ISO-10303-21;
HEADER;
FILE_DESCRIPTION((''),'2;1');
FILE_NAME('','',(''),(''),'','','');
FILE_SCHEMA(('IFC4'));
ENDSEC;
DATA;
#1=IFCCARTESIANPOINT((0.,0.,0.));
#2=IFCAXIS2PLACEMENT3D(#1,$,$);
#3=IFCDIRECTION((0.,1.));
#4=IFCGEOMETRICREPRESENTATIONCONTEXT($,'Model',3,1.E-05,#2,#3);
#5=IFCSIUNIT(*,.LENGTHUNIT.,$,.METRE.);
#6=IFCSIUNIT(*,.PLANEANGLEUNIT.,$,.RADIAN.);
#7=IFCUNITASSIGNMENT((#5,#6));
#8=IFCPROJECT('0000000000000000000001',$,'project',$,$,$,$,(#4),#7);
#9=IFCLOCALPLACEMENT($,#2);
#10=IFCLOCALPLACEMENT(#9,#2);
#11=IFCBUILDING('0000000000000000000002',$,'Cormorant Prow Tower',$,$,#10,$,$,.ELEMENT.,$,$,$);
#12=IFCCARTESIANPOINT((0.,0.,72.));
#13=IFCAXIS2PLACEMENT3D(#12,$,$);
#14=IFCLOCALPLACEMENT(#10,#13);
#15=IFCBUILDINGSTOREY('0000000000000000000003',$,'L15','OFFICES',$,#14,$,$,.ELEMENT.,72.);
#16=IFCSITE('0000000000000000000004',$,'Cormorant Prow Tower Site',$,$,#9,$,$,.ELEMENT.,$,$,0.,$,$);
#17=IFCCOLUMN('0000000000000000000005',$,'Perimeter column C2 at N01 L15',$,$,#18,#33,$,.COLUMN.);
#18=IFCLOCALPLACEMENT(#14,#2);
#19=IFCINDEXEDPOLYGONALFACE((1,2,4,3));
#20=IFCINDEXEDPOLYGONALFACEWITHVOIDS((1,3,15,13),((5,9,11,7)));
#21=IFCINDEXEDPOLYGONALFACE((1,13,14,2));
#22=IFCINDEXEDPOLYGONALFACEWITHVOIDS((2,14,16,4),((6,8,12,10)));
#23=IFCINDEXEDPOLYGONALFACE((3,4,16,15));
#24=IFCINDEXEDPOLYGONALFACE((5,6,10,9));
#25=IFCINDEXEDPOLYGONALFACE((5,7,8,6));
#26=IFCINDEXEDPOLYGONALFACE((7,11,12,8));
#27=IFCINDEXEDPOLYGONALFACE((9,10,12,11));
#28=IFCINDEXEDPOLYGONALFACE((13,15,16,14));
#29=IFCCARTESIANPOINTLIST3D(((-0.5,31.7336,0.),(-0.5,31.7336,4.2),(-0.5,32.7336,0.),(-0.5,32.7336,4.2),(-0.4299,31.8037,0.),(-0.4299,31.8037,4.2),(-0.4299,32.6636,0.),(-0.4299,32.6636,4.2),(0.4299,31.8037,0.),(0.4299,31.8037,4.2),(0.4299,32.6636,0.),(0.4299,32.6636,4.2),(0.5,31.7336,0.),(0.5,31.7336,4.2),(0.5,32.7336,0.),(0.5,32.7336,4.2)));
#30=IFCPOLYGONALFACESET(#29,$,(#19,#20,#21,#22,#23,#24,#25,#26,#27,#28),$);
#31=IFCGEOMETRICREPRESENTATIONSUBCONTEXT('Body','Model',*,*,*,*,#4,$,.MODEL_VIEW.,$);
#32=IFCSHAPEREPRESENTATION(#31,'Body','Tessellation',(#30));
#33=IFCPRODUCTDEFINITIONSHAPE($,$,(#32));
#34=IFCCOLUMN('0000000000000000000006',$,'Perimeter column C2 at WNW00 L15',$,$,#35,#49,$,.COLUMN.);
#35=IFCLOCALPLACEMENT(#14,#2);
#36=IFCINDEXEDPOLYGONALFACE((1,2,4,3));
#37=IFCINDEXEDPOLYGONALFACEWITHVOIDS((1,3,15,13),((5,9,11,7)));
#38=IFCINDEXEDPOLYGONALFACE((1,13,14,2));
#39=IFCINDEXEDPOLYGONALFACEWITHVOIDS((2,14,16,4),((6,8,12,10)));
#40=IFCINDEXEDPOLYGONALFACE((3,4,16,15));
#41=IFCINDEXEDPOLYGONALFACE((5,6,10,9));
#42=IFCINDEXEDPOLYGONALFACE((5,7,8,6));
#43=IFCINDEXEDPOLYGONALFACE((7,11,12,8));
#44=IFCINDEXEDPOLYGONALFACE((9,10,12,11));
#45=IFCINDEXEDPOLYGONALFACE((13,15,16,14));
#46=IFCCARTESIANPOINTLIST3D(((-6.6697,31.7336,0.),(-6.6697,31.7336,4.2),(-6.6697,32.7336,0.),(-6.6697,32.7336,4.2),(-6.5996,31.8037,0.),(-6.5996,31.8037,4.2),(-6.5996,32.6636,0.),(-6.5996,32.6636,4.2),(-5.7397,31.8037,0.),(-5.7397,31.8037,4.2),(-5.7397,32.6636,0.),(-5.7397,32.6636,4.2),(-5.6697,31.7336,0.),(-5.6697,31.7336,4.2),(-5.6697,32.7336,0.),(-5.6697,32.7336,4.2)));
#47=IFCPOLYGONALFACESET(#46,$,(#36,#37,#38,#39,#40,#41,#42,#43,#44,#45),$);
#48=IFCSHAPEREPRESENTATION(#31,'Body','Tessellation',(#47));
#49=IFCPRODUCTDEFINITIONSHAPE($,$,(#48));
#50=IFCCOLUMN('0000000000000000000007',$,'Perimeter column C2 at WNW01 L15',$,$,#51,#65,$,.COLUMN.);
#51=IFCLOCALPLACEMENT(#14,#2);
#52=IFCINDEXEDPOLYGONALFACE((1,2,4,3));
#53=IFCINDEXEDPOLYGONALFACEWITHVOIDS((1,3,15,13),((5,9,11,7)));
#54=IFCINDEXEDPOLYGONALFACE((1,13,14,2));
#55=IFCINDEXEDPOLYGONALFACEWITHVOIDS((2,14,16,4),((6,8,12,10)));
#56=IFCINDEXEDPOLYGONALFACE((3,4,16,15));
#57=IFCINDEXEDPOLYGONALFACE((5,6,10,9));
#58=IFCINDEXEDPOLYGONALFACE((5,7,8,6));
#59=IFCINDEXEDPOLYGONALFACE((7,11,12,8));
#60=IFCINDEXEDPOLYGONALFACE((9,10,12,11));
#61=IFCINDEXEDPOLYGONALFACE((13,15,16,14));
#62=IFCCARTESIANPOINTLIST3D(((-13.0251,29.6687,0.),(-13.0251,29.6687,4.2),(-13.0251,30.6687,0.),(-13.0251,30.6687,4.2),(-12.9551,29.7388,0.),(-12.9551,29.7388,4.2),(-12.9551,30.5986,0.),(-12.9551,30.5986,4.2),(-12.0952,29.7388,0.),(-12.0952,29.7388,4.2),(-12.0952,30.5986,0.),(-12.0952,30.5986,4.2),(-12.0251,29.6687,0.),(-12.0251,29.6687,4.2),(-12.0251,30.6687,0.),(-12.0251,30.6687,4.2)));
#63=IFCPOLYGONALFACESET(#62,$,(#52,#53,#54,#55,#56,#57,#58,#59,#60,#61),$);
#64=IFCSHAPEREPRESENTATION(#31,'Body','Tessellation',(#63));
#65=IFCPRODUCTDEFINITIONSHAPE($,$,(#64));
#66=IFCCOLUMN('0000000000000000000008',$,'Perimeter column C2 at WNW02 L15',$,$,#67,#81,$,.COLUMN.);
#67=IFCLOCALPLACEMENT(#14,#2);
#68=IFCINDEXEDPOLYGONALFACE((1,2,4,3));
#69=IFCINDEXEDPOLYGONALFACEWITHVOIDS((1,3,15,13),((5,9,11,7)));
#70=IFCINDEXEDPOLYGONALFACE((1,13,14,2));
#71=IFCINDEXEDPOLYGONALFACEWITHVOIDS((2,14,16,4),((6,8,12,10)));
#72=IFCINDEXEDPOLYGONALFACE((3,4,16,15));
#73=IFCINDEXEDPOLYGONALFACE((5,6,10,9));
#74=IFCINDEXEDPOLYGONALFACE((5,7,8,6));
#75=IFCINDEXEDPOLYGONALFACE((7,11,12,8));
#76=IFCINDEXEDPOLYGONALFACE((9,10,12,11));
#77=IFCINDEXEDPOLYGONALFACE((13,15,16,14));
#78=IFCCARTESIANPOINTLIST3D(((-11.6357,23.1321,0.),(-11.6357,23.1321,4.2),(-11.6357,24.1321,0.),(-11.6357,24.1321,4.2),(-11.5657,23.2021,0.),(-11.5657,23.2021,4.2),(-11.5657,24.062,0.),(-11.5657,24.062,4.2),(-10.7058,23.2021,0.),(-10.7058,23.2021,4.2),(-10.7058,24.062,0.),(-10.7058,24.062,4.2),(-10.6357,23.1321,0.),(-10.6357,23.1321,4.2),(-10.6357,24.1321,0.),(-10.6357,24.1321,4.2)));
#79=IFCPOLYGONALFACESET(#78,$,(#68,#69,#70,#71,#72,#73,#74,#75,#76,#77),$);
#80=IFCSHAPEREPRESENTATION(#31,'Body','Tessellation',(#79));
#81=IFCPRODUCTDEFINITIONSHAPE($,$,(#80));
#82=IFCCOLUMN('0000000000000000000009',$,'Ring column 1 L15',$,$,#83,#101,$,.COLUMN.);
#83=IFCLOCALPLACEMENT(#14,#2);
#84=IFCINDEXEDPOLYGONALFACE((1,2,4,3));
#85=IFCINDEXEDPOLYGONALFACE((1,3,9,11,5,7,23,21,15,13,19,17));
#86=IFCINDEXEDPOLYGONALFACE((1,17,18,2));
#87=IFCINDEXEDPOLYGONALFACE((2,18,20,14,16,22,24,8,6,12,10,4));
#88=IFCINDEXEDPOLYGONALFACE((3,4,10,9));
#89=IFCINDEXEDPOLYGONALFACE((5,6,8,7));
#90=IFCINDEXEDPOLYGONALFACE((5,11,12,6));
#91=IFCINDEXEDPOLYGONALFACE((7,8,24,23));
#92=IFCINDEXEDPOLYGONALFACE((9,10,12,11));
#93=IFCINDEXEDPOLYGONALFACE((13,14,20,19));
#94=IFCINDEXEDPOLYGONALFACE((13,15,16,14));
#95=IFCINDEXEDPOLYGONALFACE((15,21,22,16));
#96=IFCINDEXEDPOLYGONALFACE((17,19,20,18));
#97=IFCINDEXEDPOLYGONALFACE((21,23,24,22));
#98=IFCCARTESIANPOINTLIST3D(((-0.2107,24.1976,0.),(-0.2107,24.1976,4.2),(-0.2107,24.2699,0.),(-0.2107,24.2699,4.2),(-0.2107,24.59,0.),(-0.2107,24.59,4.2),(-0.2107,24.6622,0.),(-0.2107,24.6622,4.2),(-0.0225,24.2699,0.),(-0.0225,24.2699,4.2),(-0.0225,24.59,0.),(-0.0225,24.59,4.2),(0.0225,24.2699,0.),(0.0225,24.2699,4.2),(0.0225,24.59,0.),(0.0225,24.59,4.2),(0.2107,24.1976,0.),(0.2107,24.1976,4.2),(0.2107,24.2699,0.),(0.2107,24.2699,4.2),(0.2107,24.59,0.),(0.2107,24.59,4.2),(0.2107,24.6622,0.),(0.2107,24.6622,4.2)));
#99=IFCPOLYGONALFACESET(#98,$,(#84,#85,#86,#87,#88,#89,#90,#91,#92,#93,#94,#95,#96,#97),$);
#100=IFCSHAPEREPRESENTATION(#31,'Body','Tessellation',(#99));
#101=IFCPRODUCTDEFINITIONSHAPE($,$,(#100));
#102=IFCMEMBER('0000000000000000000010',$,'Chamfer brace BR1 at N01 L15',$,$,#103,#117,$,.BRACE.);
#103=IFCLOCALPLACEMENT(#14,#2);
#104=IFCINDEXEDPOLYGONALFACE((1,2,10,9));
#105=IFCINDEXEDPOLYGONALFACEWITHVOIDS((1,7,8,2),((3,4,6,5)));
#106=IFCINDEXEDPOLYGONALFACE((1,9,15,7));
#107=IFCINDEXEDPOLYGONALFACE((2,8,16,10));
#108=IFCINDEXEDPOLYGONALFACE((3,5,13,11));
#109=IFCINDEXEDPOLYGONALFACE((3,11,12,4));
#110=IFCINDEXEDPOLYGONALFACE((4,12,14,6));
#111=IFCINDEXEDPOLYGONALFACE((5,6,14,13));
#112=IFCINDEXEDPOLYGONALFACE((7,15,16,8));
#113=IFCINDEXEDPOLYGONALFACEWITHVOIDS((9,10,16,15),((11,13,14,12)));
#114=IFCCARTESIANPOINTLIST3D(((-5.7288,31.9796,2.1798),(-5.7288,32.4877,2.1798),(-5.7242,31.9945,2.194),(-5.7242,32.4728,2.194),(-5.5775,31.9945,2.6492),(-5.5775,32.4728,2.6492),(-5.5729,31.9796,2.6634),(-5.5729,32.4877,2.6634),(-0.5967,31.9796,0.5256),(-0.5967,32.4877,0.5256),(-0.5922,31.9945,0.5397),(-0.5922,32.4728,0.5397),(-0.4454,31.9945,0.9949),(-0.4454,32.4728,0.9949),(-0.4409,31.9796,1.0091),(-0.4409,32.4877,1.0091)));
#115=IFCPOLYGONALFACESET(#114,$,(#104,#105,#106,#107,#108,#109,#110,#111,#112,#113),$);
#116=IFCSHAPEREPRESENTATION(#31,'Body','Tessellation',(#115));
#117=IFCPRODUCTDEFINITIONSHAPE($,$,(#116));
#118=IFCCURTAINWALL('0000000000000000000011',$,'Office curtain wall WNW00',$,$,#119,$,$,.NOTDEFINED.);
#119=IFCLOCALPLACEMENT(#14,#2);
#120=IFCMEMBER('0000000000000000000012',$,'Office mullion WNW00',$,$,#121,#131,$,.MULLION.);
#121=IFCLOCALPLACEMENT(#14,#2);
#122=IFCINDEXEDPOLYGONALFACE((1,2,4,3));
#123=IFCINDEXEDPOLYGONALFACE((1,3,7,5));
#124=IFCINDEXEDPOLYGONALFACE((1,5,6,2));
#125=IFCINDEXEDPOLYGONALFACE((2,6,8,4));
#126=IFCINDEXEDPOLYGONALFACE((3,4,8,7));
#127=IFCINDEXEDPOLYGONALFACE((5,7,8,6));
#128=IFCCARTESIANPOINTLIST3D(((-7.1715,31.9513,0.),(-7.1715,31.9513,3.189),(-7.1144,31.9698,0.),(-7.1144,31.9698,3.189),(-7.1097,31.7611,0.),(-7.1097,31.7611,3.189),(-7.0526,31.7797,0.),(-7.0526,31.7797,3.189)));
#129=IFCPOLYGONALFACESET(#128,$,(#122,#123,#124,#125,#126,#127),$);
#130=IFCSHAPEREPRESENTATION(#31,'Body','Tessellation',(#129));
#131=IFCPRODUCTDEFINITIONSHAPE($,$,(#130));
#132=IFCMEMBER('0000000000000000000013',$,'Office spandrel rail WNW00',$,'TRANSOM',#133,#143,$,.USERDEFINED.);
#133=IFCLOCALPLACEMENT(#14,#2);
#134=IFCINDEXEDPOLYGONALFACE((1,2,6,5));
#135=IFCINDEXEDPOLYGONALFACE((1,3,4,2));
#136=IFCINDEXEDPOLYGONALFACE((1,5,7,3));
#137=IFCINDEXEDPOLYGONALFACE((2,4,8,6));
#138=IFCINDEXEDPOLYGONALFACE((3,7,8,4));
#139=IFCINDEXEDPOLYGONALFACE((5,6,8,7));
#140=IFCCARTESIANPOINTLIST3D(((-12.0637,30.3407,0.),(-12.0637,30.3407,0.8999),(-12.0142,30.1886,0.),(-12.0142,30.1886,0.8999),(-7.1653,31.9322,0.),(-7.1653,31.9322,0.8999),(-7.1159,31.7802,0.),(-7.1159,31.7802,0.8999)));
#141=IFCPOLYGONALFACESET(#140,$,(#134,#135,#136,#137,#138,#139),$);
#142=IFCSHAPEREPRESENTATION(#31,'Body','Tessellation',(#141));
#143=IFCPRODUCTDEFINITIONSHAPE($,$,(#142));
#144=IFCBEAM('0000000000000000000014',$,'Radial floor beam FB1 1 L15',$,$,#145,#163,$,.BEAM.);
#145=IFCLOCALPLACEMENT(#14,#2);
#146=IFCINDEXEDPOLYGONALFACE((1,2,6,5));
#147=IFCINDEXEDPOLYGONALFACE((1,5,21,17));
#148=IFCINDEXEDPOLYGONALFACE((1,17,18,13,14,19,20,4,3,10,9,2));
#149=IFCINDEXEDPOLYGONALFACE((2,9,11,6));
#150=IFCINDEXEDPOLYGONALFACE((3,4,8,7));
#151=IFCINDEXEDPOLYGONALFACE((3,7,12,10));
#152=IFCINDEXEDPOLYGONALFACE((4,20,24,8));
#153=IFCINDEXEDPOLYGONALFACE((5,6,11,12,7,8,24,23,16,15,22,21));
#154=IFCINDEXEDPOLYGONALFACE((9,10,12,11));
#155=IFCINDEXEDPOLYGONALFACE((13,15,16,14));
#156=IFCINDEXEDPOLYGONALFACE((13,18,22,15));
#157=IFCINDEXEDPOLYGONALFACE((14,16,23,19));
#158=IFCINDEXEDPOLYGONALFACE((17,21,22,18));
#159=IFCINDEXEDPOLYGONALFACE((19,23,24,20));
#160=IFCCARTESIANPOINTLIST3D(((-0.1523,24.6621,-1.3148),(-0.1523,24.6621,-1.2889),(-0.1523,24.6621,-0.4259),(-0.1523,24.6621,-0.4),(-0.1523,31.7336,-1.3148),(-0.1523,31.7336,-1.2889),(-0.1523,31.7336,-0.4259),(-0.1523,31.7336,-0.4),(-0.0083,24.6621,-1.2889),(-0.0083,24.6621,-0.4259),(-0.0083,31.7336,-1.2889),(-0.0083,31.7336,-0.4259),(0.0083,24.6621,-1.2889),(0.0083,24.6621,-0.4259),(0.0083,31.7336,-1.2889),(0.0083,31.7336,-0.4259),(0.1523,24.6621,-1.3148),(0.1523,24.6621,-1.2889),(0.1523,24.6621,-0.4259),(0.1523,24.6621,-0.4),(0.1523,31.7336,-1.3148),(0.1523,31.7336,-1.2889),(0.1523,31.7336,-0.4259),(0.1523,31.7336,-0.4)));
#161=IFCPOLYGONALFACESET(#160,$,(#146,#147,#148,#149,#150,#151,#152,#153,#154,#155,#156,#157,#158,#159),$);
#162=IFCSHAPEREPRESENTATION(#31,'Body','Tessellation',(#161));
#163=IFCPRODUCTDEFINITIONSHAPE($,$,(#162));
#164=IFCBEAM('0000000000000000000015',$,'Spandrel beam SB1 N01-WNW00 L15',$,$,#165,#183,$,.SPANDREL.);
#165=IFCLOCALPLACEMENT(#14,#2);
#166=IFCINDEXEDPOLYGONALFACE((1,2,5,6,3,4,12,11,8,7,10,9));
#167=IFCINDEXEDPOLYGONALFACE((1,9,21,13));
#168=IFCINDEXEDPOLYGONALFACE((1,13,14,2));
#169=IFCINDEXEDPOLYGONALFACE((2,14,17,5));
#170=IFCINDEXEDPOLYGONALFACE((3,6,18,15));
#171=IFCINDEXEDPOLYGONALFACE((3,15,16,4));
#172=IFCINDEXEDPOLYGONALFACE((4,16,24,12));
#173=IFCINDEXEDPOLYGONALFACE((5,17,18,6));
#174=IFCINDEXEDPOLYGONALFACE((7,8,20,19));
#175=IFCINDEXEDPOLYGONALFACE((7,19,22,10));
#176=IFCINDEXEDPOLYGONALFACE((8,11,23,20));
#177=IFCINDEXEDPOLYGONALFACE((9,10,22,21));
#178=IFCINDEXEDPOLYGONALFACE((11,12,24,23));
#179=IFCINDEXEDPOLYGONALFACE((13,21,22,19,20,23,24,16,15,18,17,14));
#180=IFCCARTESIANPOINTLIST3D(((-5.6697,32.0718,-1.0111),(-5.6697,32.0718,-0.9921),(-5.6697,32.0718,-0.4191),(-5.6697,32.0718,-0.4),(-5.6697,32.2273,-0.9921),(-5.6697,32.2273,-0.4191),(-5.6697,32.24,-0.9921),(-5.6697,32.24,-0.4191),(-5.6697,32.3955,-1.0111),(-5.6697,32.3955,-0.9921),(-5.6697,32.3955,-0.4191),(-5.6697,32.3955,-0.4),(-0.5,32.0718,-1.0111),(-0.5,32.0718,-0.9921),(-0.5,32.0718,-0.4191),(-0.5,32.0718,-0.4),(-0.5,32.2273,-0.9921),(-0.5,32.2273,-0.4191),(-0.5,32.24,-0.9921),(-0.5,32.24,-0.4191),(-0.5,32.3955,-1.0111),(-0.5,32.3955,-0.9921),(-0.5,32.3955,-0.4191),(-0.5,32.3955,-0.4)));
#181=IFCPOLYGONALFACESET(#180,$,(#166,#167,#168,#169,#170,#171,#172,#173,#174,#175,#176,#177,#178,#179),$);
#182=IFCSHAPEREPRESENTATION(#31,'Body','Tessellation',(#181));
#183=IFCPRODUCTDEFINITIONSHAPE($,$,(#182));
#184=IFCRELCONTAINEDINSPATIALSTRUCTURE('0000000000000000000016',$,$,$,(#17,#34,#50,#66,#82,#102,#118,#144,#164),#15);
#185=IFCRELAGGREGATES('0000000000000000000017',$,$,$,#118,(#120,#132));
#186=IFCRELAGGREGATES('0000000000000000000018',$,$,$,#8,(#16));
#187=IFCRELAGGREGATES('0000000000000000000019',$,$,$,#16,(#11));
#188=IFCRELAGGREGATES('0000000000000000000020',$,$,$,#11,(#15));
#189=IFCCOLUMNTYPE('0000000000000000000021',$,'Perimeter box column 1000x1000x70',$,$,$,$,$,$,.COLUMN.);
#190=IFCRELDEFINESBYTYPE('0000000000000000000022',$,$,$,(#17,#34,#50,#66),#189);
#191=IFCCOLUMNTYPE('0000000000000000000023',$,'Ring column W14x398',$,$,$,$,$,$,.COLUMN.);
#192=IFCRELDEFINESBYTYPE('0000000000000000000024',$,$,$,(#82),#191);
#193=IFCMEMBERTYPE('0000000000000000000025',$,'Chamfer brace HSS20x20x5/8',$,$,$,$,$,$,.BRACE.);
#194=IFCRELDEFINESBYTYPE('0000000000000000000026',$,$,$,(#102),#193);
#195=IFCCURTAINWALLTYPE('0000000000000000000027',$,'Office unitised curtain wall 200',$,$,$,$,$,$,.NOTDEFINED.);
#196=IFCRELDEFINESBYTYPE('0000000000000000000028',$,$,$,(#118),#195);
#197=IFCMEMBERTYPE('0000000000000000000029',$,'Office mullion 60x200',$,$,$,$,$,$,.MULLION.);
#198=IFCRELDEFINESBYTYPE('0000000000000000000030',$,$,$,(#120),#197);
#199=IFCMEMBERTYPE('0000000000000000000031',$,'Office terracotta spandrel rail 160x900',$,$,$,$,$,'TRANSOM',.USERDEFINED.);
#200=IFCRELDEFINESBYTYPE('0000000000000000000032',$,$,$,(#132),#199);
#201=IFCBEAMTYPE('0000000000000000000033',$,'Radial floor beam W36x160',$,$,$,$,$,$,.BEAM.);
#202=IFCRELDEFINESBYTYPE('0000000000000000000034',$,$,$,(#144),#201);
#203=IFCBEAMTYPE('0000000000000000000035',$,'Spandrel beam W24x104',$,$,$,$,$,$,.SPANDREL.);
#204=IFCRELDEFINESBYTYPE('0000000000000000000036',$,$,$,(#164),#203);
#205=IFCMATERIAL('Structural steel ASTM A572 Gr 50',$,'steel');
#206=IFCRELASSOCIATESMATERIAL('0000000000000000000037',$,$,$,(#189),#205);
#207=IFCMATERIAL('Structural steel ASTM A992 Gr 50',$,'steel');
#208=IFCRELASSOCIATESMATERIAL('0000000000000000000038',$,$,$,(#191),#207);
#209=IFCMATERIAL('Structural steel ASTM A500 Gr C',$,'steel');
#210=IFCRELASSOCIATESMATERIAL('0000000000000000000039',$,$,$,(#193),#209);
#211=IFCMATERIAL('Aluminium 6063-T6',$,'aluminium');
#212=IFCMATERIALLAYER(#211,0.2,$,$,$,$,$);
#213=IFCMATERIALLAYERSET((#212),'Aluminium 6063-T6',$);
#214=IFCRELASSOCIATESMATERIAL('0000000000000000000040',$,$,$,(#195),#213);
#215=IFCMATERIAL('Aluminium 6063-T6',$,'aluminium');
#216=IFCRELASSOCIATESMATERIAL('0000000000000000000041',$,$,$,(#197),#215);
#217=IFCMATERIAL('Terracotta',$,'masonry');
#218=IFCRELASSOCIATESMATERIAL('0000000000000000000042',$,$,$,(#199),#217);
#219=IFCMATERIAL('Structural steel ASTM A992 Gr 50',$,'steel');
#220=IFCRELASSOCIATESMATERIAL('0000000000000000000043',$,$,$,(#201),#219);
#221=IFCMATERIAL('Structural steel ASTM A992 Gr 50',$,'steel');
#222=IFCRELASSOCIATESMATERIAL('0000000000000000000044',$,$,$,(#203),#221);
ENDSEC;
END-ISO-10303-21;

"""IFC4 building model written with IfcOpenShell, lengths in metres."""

from ifc_helpers import new_model, si_unit, direction, frame, origin, origin_2d, place, context, subcontext, project, spatial, rectangle, hollow_rectangle, i_section, extrude, material, layer, layer_set, material_profile, profile_set, type_object, element, aggregate, save


model = new_model("IFC4")

# Units and contexts
model_context = context("Model", 3, precision=1e-05, world=origin(), true_north=direction((0.0, 1.0)))
body_context = subcontext(model_context, "Body", "Model", "MODEL_VIEW")
ifc_project = project(units=[si_unit("LENGTHUNIT", "METRE"), si_unit("PLANEANGLEUNIT", "RADIAN")], contexts=[model_context])

# Site, building, storey
site_placement = place(None, origin())
site = spatial("IfcSite", under=ifc_project, at=site_placement, Name="Cormorant Prow Tower Site", CompositionType="ELEMENT", RefElevation=0.0)
building_placement = place(site_placement, origin())
building = spatial("IfcBuilding", under=site, at=building_placement, Name="Cormorant Prow Tower", CompositionType="ELEMENT")
storey_placement = place(building_placement, frame((0.0, 0.0, 72.0)))
storey = spatial("IfcBuildingStorey", under=building, at=storey_placement, Name="L15", Description="OFFICES", CompositionType="ELEMENT", Elevation=72.0)

# Columns
ifc_material_1 = material(Name="Structural steel ASTM A572 Gr 50", Category="steel")
ifc_material_profile_1 = material_profile(ifc_material_1, hollow_rectangle(XDim=1.0, YDim=1.0, WallThickness=0.0701, at=origin_2d()), Name="Box 1000x1000x70")
ifc_profile_set_1 = profile_set([ifc_material_profile_1], Name="Structural steel ASTM A572 Gr 50")
column_type_1 = type_object("IfcColumnType", Name="Perimeter box column 1000x1000x70", PredefinedType="COLUMN", material=ifc_profile_set_1)
for number, where, z_axis, x_axis, name in (
    (1, (0.0, 32.2336, 0.0), (0.0, 0.0, 1.0), (1.0, 0.0, 0.0), "Perimeter column C2 at N01 L15"),
    (2, (-6.1697, 32.2336, 0.0), (0.0, 0.0, 1.0), (1.0, 0.0, 0.0), "Perimeter column C2 at WNW00 L15"),
    (3, (-12.5251, 30.1687, 0.0), (0.0, 0.0, 1.0), (1.0, 0.0, 0.0), "Perimeter column C2 at WNW01 L15"),
    (4, (-11.1357, 23.6321, 0.0), (0.0, 0.0, 1.0), (1.0, 0.0, 0.0), "Perimeter column C2 at WNW02 L15"),
):
    element("IfcColumn", number, at=place(storey_placement, frame(where, z_axis=z_axis, x_axis=x_axis)), inside=storey, type_object=column_type_1, Name=name, PredefinedType="COLUMN", context=body_context, shape_type="SweptSolid", body=[
        extrude(hollow_rectangle(XDim=1.0, YDim=1.0, WallThickness=0.0701, at=origin_2d()), origin(), (0.0, 0.0, 1.0), 4.2),
    ])
ifc_material_2 = material(Name="Structural steel ASTM A992 Gr 50", Category="steel")
ifc_material_profile_2 = material_profile(ifc_material_2, i_section(OverallWidth=0.4214, OverallDepth=0.4646, WebThickness=0.0449, FlangeThickness=0.0723, at=origin_2d()), Name="W14x398")
ifc_profile_set_2 = profile_set([ifc_material_profile_2], Name="Structural steel ASTM A992 Gr 50")
column_type_2 = type_object("IfcColumnType", Name="Ring column W14x398", PredefinedType="COLUMN", material=ifc_profile_set_2)
column_placement = place(storey_placement, frame((0.0, 24.4299, 0.0), z_axis=(0.0, 0.0, 1.0), x_axis=(1.0, 0.0, 0.0)))
element("IfcColumn", 5, at=column_placement, inside=storey, type_object=column_type_2, Name="Ring column 1 L15", PredefinedType="COLUMN", context=body_context, shape_type="SweptSolid", body=[
    extrude(i_section(OverallWidth=0.4214, OverallDepth=0.4646, WebThickness=0.0449, FlangeThickness=0.0723, at=origin_2d()), origin(), (0.0, 0.0, 1.0), 4.2),
])

# Member
ifc_material_3 = material(Name="Structural steel ASTM A500 Gr C", Category="steel")
ifc_material_profile_3 = material_profile(ifc_material_3, hollow_rectangle(XDim=0.5081, YDim=0.5081, WallThickness=0.0149, at=origin_2d()), Name="HSS20x20x5/8")
ifc_profile_set_3 = profile_set([ifc_material_profile_3], Name="Structural steel ASTM A500 Gr C")
member_type_1 = type_object("IfcMemberType", Name="Chamfer brace HSS20x20x5/8", PredefinedType="BRACE", material=ifc_profile_set_3)
member_1_placement = place(storey_placement, frame((-0.5188, 32.2336, 0.7673), z_axis=(-0.951774, 0.0, 0.306799), x_axis=(0.0, -1.0, 0.0)))
element("IfcMember", 6, at=member_1_placement, inside=storey, type_object=member_type_1, Name="Chamfer brace BR1 at N01 L15", PredefinedType="BRACE", context=body_context, shape_type="SweptSolid", body=[
    extrude(hollow_rectangle(XDim=0.5081, YDim=0.5081, WallThickness=0.0149, at=origin_2d()), origin(), (0.0, 0.0, 1.0), 5.3921),
])

# Curtain wall, members
ifc_material_4 = material(Name="Aluminium 6063-T6", Category="aluminium")
ifc_layer_1 = layer(ifc_material_4, 0.2)
ifc_layer_set_1 = layer_set([ifc_layer_1], Name="Aluminium 6063-T6")
curtain_wall_type = type_object("IfcCurtainWallType", Name="Office unitised curtain wall 200", PredefinedType="NOTDEFINED", material=ifc_layer_set_1)
curtain_wall_placement = place(storey_placement, origin())
curtain_wall = element("IfcCurtainWall", 7, at=curtain_wall_placement, inside=storey, type_object=curtain_wall_type, Name="Office curtain wall WNW00", PredefinedType="NOTDEFINED")
ifc_material_5 = material(Name="Aluminium 6063-T6", Category="aluminium")
ifc_material_profile_4 = material_profile(ifc_material_5, rectangle(XDim=0.2, YDim=0.0601, at=origin_2d()), Name="Office mullion 60x200")
ifc_profile_set_4 = profile_set([ifc_material_profile_4], Name="Aluminium 6063-T6")
member_type_2 = type_object("IfcMemberType", Name="Office mullion 60x200", PredefinedType="MULLION", material=ifc_profile_set_4)
member_2_placement = place(storey_placement, frame((-7.1121, 31.8655, 0.0), z_axis=(0.0, 0.0, 1.0), x_axis=(0.309017, -0.951057, 0.0)))
member_2 = element("IfcMember", 8, at=member_2_placement, type_object=member_type_2, Name="Office mullion WNW00", PredefinedType="MULLION", context=body_context, shape_type="SweptSolid", body=[
    extrude(rectangle(XDim=0.2, YDim=0.0601, at=origin_2d()), origin(), (0.0, 0.0, 1.0), 3.189),
])
ifc_material_6 = material(Name="Terracotta", Category="masonry")
ifc_material_profile_5 = material_profile(ifc_material_6, rectangle(XDim=0.1599, YDim=0.8999, at=origin_2d()), Name="Office terracotta spandrel rail 160x900")
ifc_profile_set_5 = profile_set([ifc_material_profile_5], Name="Terracotta")
member_type_3 = type_object("IfcMemberType", Name="Office terracotta spandrel rail 160x900", ElementType="TRANSOM", PredefinedType="USERDEFINED", material=ifc_profile_set_5)
member_3_placement = place(storey_placement, frame((-7.1406, 31.8562, 0.45), z_axis=(-0.951059, -0.309009, 0.0), x_axis=(0.309009, -0.951059, 0.0)))
member_3 = element("IfcMember", 9, at=member_3_placement, type_object=member_type_3, Name="Office spandrel rail WNW00", ObjectType="TRANSOM", PredefinedType="USERDEFINED", context=body_context, shape_type="SweptSolid", body=[
    extrude(rectangle(XDim=0.1599, YDim=0.8999, at=origin_2d()), origin(), (0.0, 0.0, 1.0), 5.1504),
])

# Beams
ifc_material_7 = material(Name="Structural steel ASTM A992 Gr 50", Category="steel")
ifc_material_profile_6 = material_profile(ifc_material_7, i_section(OverallWidth=0.3047, OverallDepth=0.9148, WebThickness=0.0166, FlangeThickness=0.0259, at=origin_2d()), Name="W36x160")
ifc_profile_set_6 = profile_set([ifc_material_profile_6], Name="Structural steel ASTM A992 Gr 50")
beam_type_1 = type_object("IfcBeamType", Name="Radial floor beam W36x160", PredefinedType="BEAM", material=ifc_profile_set_6)
beam_1_placement = place(storey_placement, frame((0.0, 24.6621, -0.8574), z_axis=(0.0, 1.0, 0.0), x_axis=(-1.0, 0.0, 0.0)))
element("IfcBeam", 10, at=beam_1_placement, inside=storey, type_object=beam_type_1, Name="Radial floor beam FB1 1 L15", PredefinedType="BEAM", context=body_context, shape_type="SweptSolid", body=[
    extrude(i_section(OverallWidth=0.3047, OverallDepth=0.9148, WebThickness=0.0166, FlangeThickness=0.0259, at=origin_2d()), origin(), (0.0, 0.0, 1.0), 7.0715),
])
ifc_material_8 = material(Name="Structural steel ASTM A992 Gr 50", Category="steel")
ifc_material_profile_7 = material_profile(ifc_material_8, i_section(OverallWidth=0.3237, OverallDepth=0.6111, WebThickness=0.0127, FlangeThickness=0.019, at=origin_2d()), Name="W24x104")
ifc_profile_set_7 = profile_set([ifc_material_profile_7], Name="Structural steel ASTM A992 Gr 50")
beam_type_2 = type_object("IfcBeamType", Name="Spandrel beam W24x104", PredefinedType="SPANDREL", material=ifc_profile_set_7)
beam_2_placement = place(storey_placement, frame((-0.5, 32.2336, -0.7056), z_axis=(-1.0, 0.0, 0.0), x_axis=(0.0, -1.0, 0.0)))
element("IfcBeam", 11, at=beam_2_placement, inside=storey, type_object=beam_type_2, Name="Spandrel beam SB1 N01-WNW00 L15", PredefinedType="SPANDREL", context=body_context, shape_type="SweptSolid", body=[
    extrude(i_section(OverallWidth=0.3237, OverallDepth=0.6111, WebThickness=0.0127, FlangeThickness=0.019, at=origin_2d()), origin(), (0.0, 0.0, 1.0), 5.1697),
])

aggregate(curtain_wall, [member_2, member_3])

save(model, "model.ifc")
